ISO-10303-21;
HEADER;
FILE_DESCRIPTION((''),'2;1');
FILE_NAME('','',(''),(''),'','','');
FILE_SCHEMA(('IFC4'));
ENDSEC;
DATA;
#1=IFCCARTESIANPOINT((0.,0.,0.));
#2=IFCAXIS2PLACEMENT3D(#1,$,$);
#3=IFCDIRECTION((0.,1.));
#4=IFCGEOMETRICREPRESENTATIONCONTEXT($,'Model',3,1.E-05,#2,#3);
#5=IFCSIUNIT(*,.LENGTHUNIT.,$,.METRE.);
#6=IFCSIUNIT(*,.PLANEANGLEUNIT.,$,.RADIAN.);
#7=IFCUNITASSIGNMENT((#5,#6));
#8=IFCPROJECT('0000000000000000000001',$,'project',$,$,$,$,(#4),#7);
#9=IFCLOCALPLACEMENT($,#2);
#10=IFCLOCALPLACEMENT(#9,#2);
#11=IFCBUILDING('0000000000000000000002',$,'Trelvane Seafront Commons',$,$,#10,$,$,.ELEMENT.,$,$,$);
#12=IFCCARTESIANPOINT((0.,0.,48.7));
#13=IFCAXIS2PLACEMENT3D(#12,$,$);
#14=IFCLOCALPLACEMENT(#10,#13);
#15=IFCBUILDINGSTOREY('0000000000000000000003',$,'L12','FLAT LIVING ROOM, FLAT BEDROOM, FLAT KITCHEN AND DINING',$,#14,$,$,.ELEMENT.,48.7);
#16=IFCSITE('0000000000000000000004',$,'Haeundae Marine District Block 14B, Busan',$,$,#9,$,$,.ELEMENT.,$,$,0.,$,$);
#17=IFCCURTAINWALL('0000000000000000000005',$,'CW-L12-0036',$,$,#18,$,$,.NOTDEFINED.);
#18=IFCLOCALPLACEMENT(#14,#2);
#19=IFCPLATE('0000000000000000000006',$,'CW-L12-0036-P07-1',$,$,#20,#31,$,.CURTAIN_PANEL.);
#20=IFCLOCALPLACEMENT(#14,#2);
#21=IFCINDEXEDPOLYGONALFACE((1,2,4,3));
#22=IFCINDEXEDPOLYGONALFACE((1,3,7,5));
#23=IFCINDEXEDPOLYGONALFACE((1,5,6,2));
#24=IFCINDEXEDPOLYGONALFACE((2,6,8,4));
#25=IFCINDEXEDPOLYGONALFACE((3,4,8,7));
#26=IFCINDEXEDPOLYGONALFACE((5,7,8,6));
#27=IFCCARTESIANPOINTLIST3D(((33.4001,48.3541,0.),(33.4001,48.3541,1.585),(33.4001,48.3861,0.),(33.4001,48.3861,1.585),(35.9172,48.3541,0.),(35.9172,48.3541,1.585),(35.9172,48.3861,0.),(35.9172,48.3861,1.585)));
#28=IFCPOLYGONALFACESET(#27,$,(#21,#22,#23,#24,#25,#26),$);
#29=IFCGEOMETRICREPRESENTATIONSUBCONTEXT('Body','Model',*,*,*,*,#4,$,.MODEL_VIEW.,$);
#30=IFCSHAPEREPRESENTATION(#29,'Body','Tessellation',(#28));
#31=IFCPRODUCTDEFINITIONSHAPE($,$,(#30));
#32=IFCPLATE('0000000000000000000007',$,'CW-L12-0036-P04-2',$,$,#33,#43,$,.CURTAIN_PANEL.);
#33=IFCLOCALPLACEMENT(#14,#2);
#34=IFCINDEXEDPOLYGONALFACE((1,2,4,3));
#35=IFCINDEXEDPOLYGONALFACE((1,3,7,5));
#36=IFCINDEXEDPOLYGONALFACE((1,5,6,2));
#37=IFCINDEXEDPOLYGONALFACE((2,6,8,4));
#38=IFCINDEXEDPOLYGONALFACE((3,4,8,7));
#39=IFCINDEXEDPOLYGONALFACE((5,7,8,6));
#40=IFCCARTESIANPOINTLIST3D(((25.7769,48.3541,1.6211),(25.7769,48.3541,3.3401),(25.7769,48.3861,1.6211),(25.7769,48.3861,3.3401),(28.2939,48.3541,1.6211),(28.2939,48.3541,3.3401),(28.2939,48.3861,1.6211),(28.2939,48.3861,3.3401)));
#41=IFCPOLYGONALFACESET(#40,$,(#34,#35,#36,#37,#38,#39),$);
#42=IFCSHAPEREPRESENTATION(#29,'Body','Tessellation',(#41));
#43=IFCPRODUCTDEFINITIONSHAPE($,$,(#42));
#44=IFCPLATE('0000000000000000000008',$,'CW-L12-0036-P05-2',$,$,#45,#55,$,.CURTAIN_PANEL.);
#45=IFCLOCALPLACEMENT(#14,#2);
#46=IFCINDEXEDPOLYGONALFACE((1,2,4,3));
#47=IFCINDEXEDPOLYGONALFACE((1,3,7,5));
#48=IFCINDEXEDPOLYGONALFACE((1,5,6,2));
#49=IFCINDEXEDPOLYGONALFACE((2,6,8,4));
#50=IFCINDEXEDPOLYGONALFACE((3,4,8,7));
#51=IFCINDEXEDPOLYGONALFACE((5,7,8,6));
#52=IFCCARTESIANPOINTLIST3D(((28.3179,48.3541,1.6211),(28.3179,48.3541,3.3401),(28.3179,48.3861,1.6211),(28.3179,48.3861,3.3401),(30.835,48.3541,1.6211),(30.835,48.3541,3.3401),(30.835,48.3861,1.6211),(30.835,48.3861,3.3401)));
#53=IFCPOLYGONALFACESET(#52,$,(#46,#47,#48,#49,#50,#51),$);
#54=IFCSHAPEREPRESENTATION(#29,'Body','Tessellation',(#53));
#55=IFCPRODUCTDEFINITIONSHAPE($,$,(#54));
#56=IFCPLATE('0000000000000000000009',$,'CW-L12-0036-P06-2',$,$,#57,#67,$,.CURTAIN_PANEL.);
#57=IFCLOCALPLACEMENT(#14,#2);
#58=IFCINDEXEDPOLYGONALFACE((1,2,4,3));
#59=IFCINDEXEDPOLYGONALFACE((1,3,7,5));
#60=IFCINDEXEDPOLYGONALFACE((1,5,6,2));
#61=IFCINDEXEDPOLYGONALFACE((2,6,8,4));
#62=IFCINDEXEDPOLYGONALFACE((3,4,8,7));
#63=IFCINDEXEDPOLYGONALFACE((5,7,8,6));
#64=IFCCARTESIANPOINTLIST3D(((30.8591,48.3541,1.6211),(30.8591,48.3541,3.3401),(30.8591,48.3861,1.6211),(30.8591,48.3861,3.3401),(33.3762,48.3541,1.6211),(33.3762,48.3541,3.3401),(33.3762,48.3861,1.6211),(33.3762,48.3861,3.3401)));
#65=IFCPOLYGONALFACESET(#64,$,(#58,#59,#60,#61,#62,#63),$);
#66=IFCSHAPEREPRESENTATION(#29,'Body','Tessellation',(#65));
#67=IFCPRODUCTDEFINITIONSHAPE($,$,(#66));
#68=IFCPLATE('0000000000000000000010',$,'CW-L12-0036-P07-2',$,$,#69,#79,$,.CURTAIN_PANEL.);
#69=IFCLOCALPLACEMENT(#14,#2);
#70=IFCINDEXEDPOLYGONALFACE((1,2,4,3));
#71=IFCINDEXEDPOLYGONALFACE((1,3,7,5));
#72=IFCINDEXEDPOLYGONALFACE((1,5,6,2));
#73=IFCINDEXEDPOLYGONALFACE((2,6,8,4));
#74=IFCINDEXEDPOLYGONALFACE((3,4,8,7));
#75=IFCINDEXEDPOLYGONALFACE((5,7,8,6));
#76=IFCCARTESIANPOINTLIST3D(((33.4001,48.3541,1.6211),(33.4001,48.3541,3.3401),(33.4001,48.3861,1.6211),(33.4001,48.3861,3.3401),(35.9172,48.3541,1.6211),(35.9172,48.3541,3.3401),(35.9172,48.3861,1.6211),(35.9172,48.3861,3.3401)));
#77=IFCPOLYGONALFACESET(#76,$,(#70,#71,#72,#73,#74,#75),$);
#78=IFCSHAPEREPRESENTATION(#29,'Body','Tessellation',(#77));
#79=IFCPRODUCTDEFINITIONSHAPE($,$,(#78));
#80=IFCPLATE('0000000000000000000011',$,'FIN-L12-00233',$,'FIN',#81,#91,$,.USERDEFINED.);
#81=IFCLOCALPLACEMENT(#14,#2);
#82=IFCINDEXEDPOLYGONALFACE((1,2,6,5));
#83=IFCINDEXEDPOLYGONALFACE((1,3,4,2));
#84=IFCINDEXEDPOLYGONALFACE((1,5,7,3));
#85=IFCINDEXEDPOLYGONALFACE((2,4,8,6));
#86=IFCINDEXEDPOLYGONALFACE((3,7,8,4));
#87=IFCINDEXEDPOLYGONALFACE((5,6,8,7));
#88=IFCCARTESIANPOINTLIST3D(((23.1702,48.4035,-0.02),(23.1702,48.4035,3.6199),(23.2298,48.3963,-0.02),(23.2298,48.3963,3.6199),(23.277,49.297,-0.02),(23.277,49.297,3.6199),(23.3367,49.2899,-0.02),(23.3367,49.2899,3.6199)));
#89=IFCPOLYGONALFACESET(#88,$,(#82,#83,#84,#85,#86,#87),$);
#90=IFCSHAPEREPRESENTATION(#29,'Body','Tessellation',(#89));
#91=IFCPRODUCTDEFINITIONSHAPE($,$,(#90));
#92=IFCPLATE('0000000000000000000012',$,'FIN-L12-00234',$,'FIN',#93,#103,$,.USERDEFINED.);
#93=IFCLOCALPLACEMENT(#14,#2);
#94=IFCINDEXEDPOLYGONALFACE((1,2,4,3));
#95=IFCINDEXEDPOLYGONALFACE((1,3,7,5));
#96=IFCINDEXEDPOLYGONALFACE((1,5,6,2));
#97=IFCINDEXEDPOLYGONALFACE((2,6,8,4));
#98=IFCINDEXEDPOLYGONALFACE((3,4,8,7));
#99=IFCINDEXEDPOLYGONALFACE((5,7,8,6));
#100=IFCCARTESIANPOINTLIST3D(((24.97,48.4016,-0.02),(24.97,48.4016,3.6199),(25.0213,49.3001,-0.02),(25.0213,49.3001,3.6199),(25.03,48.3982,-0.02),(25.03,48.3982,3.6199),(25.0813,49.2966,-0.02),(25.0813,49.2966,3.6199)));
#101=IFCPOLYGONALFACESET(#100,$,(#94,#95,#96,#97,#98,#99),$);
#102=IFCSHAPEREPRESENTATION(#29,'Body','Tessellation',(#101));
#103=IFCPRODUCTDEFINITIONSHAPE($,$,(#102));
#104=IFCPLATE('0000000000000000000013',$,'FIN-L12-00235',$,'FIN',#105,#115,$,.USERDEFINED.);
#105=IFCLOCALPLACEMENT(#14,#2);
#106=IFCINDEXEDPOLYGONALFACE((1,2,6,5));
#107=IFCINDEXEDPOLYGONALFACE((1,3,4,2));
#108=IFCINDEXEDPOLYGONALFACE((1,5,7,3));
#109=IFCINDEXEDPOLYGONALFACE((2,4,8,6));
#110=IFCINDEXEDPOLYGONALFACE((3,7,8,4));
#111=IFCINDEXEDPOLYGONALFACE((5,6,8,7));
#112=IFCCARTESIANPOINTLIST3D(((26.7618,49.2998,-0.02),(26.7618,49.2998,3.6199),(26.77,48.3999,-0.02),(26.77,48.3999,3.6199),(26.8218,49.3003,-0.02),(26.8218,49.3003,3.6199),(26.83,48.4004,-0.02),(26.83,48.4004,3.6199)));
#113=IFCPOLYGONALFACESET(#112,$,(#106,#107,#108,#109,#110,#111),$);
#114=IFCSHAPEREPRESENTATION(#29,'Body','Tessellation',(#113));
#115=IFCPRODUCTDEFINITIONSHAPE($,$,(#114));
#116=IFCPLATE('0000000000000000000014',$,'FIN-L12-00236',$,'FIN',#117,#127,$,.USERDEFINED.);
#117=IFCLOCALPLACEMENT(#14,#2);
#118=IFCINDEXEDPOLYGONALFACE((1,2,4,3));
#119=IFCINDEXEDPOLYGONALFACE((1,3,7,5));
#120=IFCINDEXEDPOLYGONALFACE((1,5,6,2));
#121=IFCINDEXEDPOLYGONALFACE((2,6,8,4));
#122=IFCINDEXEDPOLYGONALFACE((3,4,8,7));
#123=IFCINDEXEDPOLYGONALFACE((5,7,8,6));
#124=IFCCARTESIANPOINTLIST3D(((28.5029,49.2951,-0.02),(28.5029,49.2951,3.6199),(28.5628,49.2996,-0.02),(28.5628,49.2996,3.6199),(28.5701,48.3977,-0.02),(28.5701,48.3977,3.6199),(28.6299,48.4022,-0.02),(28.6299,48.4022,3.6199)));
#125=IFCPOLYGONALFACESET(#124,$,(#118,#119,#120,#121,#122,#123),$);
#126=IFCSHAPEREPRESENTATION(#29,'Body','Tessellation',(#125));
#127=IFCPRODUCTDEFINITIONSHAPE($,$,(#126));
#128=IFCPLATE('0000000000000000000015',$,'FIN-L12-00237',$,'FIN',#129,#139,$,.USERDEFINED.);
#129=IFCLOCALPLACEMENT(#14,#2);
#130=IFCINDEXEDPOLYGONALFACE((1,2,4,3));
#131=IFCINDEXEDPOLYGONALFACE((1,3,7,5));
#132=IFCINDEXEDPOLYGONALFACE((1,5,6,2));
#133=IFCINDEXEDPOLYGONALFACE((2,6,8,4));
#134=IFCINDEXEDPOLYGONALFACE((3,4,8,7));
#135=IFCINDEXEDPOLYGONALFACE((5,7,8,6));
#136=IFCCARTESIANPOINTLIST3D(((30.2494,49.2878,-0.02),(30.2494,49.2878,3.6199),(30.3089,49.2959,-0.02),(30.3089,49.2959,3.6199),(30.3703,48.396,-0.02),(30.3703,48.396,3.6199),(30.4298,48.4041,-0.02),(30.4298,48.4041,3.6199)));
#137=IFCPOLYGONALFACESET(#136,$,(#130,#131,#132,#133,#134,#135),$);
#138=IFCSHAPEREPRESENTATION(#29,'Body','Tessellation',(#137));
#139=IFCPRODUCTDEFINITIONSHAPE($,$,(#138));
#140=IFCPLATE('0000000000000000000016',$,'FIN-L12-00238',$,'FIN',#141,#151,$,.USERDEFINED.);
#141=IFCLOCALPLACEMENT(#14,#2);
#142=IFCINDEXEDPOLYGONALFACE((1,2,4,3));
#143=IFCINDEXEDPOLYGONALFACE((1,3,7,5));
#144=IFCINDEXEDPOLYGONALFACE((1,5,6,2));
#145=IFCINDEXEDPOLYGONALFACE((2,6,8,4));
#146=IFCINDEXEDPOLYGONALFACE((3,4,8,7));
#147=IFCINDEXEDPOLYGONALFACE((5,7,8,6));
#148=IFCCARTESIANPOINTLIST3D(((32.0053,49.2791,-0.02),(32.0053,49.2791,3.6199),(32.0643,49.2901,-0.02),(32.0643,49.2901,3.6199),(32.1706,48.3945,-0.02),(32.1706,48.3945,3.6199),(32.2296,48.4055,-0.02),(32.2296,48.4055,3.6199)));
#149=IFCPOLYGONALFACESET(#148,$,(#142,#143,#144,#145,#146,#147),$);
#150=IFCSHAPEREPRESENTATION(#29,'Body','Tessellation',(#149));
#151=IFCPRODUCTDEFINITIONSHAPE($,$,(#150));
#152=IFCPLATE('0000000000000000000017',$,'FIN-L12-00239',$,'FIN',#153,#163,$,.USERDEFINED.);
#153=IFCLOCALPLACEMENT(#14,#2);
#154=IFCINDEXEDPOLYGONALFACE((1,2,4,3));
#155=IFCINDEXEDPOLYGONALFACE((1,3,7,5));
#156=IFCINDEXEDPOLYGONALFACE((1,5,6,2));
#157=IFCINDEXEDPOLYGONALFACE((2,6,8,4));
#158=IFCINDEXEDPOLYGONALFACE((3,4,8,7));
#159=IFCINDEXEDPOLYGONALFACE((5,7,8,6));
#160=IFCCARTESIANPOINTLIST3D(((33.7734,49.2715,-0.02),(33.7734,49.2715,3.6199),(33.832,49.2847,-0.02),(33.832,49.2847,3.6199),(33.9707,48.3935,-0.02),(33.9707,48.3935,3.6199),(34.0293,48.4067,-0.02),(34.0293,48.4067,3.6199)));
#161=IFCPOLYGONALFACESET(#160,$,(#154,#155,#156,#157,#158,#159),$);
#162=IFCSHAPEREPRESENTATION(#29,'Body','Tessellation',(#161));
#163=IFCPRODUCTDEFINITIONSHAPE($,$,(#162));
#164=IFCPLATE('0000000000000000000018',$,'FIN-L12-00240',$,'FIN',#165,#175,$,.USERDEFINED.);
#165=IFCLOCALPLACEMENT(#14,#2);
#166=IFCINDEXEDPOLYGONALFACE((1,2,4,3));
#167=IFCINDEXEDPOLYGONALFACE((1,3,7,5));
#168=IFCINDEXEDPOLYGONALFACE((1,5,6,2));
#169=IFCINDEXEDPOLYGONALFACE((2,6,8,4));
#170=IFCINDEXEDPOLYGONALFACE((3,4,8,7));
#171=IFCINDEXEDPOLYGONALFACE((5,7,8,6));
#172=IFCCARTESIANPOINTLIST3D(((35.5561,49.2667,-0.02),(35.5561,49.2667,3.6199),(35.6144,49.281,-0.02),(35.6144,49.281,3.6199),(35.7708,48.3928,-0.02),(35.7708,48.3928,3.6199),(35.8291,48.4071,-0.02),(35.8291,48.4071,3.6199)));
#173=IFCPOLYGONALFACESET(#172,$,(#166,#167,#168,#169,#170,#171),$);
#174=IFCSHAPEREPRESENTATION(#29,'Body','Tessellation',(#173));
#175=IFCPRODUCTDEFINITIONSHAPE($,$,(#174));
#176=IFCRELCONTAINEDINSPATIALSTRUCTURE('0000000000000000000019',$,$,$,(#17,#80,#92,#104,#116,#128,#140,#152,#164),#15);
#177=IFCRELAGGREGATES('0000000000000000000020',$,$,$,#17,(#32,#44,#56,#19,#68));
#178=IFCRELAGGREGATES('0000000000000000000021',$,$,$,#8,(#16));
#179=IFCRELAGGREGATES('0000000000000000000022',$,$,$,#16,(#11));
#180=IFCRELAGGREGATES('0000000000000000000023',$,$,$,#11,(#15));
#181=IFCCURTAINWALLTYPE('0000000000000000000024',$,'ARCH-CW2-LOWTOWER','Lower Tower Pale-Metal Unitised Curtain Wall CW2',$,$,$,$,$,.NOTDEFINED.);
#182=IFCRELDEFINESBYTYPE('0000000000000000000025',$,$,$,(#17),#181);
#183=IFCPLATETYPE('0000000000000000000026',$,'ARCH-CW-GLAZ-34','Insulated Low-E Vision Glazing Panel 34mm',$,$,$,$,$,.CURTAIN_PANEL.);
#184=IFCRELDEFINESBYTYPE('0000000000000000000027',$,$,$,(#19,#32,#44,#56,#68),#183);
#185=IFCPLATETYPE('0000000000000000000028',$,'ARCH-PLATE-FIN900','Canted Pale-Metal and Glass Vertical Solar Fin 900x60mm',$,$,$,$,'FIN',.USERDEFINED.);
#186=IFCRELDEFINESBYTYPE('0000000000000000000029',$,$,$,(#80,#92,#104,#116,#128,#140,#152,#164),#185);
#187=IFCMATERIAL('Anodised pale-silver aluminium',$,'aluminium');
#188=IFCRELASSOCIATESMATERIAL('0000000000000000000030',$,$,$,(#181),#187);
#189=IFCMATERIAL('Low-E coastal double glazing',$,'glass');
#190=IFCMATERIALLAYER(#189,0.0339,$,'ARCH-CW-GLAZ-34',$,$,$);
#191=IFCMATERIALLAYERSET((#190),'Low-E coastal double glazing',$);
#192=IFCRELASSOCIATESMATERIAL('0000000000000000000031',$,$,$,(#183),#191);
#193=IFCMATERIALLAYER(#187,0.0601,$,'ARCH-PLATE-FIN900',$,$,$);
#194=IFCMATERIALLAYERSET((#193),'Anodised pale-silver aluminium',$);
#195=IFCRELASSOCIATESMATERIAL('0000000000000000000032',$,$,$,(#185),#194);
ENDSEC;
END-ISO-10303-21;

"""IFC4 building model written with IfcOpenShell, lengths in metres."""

from ifc_helpers import new_model, si_unit, direction, frame, origin, origin_2d, place, context, subcontext, project, spatial, rectangle, extrude, source, transform, mapped, material, layer, layer_set, type_object, element, aggregate, save


model = new_model("IFC4")

# Units and contexts
model_context = context("Model", 3, precision=1e-05, world=origin(), true_north=direction((0.0, 1.0)))
body_context = subcontext(model_context, "Body", "Model", "MODEL_VIEW")
ifc_project = project(units=[si_unit("LENGTHUNIT", "METRE"), si_unit("PLANEANGLEUNIT", "RADIAN")], contexts=[model_context])

# Site, building, storey
site_placement = place(None, origin())
site = spatial("IfcSite", under=ifc_project, at=site_placement, Name="Haeundae Marine District Block 14B, Busan", CompositionType="ELEMENT", RefElevation=0.0)
building_placement = place(site_placement, origin())
building = spatial("IfcBuilding", under=site, at=building_placement, Name="Trelvane Seafront Commons", CompositionType="ELEMENT")
storey_placement = place(building_placement, frame((0.0, 0.0, 48.7)))
storey = spatial("IfcBuildingStorey", under=building, at=storey_placement, Name="L12", Description="FLAT LIVING ROOM, FLAT BEDROOM, FLAT KITCHEN AND DINING", CompositionType="ELEMENT", Elevation=48.7)

# Curtain wall, plates
ifc_material_1 = material(Name="Anodised pale-silver aluminium", Category="aluminium")
curtain_wall_type = type_object("IfcCurtainWallType", Name="ARCH-CW2-LOWTOWER", Description="Lower Tower Pale-Metal Unitised Curtain Wall CW2", PredefinedType="NOTDEFINED", material=ifc_material_1)
curtain_wall_placement = place(storey_placement, origin())
curtain_wall = element("IfcCurtainWall", 1, at=curtain_wall_placement, inside=storey, type_object=curtain_wall_type, Name="CW-L12-0036", PredefinedType="NOTDEFINED")
ifc_material_2 = material(Name="Low-E coastal double glazing", Category="glass")
ifc_layer_1 = layer(ifc_material_2, 0.0339, Name="ARCH-CW-GLAZ-34")
ifc_layer_set_1 = layer_set([ifc_layer_1], Name="Low-E coastal double glazing")
plate_type_1 = type_object("IfcPlateType", Name="ARCH-CW-GLAZ-34", Description="Insulated Low-E Vision Glazing Panel 34mm", PredefinedType="CURTAIN_PANEL", material=ifc_layer_set_1)
shared_shape_1 = source(origin(), body_context, "Body", "SweptSolid", [
    extrude(rectangle(XDim=2.5171, YDim=0.032, at=origin_2d()), origin(), (0.0, 0.0, 1.0), 1.585),
])
plate_1_placement = place(storey_placement, frame((34.6587, 48.3701, 0.0), z_axis=(0.0, 0.0, 1.0), x_axis=(1.0, 0.0, 0.0)))
plate_1 = element("IfcPlate", 2, at=plate_1_placement, type_object=plate_type_1, Name="CW-L12-0036-P07-1", PredefinedType="CURTAIN_PANEL", context=body_context, shape_type="MappedRepresentation", body=[
    mapped(shared_shape_1, transform((0.0, 0.0, 0.0), x_axis=(1.0, 0.0, 0.0), y_axis=(0.0, 1.0, 0.0), z_axis=(0.0, 0.0, 1.0), scale=1.0)),
])
shared_shape_2 = source(origin(), body_context, "Body", "SweptSolid", [
    extrude(rectangle(XDim=2.5171, YDim=0.032, at=origin_2d()), origin(), (0.0, 0.0, 1.0), 1.719),
])
plate_2_placement = place(storey_placement, frame((27.0354, 48.3701, 1.6211), z_axis=(0.0, 0.0, 1.0), x_axis=(1.0, 0.0, 0.0)))
plate_2 = element("IfcPlate", 3, at=plate_2_placement, type_object=plate_type_1, Name="CW-L12-0036-P04-2", PredefinedType="CURTAIN_PANEL", context=body_context, shape_type="MappedRepresentation", body=[
    mapped(shared_shape_2, transform((0.0, 0.0, 0.0), x_axis=(1.0, 0.0, 0.0), y_axis=(0.0, 1.0, 0.0), z_axis=(0.0, 0.0, 1.0), scale=1.0)),
])
plate_3_placement = place(storey_placement, frame((29.5764, 48.3701, 1.6211), z_axis=(0.0, 0.0, 1.0), x_axis=(1.0, 0.0, 0.0)))
plate_3 = element("IfcPlate", 4, at=plate_3_placement, type_object=plate_type_1, Name="CW-L12-0036-P05-2", PredefinedType="CURTAIN_PANEL", context=body_context, shape_type="MappedRepresentation", body=[
    mapped(shared_shape_2, transform((0.0, 0.0, 0.0), x_axis=(1.0, 0.0, 0.0), y_axis=(0.0, 1.0, 0.0), z_axis=(0.0, 0.0, 1.0), scale=1.0)),
])
plate_4_placement = place(storey_placement, frame((32.1177, 48.3701, 1.6211), z_axis=(0.0, 0.0, 1.0), x_axis=(1.0, 0.0, 0.0)))
plate_4 = element("IfcPlate", 5, at=plate_4_placement, type_object=plate_type_1, Name="CW-L12-0036-P06-2", PredefinedType="CURTAIN_PANEL", context=body_context, shape_type="MappedRepresentation", body=[
    mapped(shared_shape_2, transform((0.0, 0.0, 0.0), x_axis=(1.0, 0.0, 0.0), y_axis=(0.0, 1.0, 0.0), z_axis=(0.0, 0.0, 1.0), scale=1.0)),
])
plate_5_placement = place(storey_placement, frame((34.6587, 48.3701, 1.6211), z_axis=(0.0, 0.0, 1.0), x_axis=(1.0, 0.0, 0.0)))
plate_5 = element("IfcPlate", 6, at=plate_5_placement, type_object=plate_type_1, Name="CW-L12-0036-P07-2", PredefinedType="CURTAIN_PANEL", context=body_context, shape_type="MappedRepresentation", body=[
    mapped(shared_shape_2, transform((0.0, 0.0, 0.0), x_axis=(1.0, 0.0, 0.0), y_axis=(0.0, 1.0, 0.0), z_axis=(0.0, 0.0, 1.0), scale=1.0)),
])
aggregate(curtain_wall, [plate_2, plate_3, plate_4, plate_1, plate_5])

# Plates
ifc_layer_2 = layer(ifc_material_1, 0.0601, Name="ARCH-PLATE-FIN900")
ifc_layer_set_2 = layer_set([ifc_layer_2], Name="Anodised pale-silver aluminium")
plate_type_2 = type_object("IfcPlateType", Name="ARCH-PLATE-FIN900", Description="Canted Pale-Metal and Glass Vertical Solar Fin 900x60mm", ElementType="FIN", PredefinedType="USERDEFINED", material=ifc_layer_set_2)
shared_shape_3 = source(origin(), body_context, "Body", "SweptSolid", [
    extrude(rectangle(XDim=0.8999, YDim=0.0601, at=origin_2d()), origin(), (0.0, 0.0, 1.0), 3.6399),
])
for number, where, z_axis, x_axis, name in (
    (7, (23.2534, 48.8467, -0.02), (0.0, 0.0, 1.0), (0.118782, 0.99292, 0.0), "FIN-L12-00233"),
    (8, (25.0256, 48.8491, -0.02), (0.0, 0.0, 1.0), (0.057003, 0.998374, 0.0), "FIN-L12-00234"),
    (9, (26.7959, 48.8501, -0.02), (0.0, 0.0, 1.0), (-0.00911, 0.999958, 0.0), "FIN-L12-00235"),
    (10, (28.5664, 48.8486, -0.02), (0.0, 0.0, 1.0), (-0.074665, 0.997209, 0.0), "FIN-L12-00236"),
    (11, (30.3396, 48.8459, -0.02), (0.0, 0.0, 1.0), (-0.134339, 0.990935, 0.0), "FIN-L12-00237"),
    (12, (32.1174, 48.8423, -0.02), (0.0, 0.0, 1.0), (-0.183665, 0.982989, 0.0), "FIN-L12-00238"),
    (13, (33.9014, 48.8391, -0.02), (0.0, 0.0, 1.0), (-0.219225, 0.975674, 0.0), "FIN-L12-00239"),
    (14, (35.6926, 48.8369, -0.02), (0.0, 0.0, 1.0), (-0.238559, 0.971128, 0.0), "FIN-L12-00240"),
):
    element("IfcPlate", number, at=place(storey_placement, frame(where, z_axis=z_axis, x_axis=x_axis)), inside=storey, type_object=plate_type_2, Name=name, ObjectType="FIN", PredefinedType="USERDEFINED", context=body_context, shape_type="MappedRepresentation", body=[
        mapped(shared_shape_3, transform((0.0, 0.0, 0.0), x_axis=(1.0, 0.0, 0.0), y_axis=(0.0, 1.0, 0.0), z_axis=(0.0, 0.0, 1.0), scale=1.0)),
    ])

save(model, "model.ifc")
